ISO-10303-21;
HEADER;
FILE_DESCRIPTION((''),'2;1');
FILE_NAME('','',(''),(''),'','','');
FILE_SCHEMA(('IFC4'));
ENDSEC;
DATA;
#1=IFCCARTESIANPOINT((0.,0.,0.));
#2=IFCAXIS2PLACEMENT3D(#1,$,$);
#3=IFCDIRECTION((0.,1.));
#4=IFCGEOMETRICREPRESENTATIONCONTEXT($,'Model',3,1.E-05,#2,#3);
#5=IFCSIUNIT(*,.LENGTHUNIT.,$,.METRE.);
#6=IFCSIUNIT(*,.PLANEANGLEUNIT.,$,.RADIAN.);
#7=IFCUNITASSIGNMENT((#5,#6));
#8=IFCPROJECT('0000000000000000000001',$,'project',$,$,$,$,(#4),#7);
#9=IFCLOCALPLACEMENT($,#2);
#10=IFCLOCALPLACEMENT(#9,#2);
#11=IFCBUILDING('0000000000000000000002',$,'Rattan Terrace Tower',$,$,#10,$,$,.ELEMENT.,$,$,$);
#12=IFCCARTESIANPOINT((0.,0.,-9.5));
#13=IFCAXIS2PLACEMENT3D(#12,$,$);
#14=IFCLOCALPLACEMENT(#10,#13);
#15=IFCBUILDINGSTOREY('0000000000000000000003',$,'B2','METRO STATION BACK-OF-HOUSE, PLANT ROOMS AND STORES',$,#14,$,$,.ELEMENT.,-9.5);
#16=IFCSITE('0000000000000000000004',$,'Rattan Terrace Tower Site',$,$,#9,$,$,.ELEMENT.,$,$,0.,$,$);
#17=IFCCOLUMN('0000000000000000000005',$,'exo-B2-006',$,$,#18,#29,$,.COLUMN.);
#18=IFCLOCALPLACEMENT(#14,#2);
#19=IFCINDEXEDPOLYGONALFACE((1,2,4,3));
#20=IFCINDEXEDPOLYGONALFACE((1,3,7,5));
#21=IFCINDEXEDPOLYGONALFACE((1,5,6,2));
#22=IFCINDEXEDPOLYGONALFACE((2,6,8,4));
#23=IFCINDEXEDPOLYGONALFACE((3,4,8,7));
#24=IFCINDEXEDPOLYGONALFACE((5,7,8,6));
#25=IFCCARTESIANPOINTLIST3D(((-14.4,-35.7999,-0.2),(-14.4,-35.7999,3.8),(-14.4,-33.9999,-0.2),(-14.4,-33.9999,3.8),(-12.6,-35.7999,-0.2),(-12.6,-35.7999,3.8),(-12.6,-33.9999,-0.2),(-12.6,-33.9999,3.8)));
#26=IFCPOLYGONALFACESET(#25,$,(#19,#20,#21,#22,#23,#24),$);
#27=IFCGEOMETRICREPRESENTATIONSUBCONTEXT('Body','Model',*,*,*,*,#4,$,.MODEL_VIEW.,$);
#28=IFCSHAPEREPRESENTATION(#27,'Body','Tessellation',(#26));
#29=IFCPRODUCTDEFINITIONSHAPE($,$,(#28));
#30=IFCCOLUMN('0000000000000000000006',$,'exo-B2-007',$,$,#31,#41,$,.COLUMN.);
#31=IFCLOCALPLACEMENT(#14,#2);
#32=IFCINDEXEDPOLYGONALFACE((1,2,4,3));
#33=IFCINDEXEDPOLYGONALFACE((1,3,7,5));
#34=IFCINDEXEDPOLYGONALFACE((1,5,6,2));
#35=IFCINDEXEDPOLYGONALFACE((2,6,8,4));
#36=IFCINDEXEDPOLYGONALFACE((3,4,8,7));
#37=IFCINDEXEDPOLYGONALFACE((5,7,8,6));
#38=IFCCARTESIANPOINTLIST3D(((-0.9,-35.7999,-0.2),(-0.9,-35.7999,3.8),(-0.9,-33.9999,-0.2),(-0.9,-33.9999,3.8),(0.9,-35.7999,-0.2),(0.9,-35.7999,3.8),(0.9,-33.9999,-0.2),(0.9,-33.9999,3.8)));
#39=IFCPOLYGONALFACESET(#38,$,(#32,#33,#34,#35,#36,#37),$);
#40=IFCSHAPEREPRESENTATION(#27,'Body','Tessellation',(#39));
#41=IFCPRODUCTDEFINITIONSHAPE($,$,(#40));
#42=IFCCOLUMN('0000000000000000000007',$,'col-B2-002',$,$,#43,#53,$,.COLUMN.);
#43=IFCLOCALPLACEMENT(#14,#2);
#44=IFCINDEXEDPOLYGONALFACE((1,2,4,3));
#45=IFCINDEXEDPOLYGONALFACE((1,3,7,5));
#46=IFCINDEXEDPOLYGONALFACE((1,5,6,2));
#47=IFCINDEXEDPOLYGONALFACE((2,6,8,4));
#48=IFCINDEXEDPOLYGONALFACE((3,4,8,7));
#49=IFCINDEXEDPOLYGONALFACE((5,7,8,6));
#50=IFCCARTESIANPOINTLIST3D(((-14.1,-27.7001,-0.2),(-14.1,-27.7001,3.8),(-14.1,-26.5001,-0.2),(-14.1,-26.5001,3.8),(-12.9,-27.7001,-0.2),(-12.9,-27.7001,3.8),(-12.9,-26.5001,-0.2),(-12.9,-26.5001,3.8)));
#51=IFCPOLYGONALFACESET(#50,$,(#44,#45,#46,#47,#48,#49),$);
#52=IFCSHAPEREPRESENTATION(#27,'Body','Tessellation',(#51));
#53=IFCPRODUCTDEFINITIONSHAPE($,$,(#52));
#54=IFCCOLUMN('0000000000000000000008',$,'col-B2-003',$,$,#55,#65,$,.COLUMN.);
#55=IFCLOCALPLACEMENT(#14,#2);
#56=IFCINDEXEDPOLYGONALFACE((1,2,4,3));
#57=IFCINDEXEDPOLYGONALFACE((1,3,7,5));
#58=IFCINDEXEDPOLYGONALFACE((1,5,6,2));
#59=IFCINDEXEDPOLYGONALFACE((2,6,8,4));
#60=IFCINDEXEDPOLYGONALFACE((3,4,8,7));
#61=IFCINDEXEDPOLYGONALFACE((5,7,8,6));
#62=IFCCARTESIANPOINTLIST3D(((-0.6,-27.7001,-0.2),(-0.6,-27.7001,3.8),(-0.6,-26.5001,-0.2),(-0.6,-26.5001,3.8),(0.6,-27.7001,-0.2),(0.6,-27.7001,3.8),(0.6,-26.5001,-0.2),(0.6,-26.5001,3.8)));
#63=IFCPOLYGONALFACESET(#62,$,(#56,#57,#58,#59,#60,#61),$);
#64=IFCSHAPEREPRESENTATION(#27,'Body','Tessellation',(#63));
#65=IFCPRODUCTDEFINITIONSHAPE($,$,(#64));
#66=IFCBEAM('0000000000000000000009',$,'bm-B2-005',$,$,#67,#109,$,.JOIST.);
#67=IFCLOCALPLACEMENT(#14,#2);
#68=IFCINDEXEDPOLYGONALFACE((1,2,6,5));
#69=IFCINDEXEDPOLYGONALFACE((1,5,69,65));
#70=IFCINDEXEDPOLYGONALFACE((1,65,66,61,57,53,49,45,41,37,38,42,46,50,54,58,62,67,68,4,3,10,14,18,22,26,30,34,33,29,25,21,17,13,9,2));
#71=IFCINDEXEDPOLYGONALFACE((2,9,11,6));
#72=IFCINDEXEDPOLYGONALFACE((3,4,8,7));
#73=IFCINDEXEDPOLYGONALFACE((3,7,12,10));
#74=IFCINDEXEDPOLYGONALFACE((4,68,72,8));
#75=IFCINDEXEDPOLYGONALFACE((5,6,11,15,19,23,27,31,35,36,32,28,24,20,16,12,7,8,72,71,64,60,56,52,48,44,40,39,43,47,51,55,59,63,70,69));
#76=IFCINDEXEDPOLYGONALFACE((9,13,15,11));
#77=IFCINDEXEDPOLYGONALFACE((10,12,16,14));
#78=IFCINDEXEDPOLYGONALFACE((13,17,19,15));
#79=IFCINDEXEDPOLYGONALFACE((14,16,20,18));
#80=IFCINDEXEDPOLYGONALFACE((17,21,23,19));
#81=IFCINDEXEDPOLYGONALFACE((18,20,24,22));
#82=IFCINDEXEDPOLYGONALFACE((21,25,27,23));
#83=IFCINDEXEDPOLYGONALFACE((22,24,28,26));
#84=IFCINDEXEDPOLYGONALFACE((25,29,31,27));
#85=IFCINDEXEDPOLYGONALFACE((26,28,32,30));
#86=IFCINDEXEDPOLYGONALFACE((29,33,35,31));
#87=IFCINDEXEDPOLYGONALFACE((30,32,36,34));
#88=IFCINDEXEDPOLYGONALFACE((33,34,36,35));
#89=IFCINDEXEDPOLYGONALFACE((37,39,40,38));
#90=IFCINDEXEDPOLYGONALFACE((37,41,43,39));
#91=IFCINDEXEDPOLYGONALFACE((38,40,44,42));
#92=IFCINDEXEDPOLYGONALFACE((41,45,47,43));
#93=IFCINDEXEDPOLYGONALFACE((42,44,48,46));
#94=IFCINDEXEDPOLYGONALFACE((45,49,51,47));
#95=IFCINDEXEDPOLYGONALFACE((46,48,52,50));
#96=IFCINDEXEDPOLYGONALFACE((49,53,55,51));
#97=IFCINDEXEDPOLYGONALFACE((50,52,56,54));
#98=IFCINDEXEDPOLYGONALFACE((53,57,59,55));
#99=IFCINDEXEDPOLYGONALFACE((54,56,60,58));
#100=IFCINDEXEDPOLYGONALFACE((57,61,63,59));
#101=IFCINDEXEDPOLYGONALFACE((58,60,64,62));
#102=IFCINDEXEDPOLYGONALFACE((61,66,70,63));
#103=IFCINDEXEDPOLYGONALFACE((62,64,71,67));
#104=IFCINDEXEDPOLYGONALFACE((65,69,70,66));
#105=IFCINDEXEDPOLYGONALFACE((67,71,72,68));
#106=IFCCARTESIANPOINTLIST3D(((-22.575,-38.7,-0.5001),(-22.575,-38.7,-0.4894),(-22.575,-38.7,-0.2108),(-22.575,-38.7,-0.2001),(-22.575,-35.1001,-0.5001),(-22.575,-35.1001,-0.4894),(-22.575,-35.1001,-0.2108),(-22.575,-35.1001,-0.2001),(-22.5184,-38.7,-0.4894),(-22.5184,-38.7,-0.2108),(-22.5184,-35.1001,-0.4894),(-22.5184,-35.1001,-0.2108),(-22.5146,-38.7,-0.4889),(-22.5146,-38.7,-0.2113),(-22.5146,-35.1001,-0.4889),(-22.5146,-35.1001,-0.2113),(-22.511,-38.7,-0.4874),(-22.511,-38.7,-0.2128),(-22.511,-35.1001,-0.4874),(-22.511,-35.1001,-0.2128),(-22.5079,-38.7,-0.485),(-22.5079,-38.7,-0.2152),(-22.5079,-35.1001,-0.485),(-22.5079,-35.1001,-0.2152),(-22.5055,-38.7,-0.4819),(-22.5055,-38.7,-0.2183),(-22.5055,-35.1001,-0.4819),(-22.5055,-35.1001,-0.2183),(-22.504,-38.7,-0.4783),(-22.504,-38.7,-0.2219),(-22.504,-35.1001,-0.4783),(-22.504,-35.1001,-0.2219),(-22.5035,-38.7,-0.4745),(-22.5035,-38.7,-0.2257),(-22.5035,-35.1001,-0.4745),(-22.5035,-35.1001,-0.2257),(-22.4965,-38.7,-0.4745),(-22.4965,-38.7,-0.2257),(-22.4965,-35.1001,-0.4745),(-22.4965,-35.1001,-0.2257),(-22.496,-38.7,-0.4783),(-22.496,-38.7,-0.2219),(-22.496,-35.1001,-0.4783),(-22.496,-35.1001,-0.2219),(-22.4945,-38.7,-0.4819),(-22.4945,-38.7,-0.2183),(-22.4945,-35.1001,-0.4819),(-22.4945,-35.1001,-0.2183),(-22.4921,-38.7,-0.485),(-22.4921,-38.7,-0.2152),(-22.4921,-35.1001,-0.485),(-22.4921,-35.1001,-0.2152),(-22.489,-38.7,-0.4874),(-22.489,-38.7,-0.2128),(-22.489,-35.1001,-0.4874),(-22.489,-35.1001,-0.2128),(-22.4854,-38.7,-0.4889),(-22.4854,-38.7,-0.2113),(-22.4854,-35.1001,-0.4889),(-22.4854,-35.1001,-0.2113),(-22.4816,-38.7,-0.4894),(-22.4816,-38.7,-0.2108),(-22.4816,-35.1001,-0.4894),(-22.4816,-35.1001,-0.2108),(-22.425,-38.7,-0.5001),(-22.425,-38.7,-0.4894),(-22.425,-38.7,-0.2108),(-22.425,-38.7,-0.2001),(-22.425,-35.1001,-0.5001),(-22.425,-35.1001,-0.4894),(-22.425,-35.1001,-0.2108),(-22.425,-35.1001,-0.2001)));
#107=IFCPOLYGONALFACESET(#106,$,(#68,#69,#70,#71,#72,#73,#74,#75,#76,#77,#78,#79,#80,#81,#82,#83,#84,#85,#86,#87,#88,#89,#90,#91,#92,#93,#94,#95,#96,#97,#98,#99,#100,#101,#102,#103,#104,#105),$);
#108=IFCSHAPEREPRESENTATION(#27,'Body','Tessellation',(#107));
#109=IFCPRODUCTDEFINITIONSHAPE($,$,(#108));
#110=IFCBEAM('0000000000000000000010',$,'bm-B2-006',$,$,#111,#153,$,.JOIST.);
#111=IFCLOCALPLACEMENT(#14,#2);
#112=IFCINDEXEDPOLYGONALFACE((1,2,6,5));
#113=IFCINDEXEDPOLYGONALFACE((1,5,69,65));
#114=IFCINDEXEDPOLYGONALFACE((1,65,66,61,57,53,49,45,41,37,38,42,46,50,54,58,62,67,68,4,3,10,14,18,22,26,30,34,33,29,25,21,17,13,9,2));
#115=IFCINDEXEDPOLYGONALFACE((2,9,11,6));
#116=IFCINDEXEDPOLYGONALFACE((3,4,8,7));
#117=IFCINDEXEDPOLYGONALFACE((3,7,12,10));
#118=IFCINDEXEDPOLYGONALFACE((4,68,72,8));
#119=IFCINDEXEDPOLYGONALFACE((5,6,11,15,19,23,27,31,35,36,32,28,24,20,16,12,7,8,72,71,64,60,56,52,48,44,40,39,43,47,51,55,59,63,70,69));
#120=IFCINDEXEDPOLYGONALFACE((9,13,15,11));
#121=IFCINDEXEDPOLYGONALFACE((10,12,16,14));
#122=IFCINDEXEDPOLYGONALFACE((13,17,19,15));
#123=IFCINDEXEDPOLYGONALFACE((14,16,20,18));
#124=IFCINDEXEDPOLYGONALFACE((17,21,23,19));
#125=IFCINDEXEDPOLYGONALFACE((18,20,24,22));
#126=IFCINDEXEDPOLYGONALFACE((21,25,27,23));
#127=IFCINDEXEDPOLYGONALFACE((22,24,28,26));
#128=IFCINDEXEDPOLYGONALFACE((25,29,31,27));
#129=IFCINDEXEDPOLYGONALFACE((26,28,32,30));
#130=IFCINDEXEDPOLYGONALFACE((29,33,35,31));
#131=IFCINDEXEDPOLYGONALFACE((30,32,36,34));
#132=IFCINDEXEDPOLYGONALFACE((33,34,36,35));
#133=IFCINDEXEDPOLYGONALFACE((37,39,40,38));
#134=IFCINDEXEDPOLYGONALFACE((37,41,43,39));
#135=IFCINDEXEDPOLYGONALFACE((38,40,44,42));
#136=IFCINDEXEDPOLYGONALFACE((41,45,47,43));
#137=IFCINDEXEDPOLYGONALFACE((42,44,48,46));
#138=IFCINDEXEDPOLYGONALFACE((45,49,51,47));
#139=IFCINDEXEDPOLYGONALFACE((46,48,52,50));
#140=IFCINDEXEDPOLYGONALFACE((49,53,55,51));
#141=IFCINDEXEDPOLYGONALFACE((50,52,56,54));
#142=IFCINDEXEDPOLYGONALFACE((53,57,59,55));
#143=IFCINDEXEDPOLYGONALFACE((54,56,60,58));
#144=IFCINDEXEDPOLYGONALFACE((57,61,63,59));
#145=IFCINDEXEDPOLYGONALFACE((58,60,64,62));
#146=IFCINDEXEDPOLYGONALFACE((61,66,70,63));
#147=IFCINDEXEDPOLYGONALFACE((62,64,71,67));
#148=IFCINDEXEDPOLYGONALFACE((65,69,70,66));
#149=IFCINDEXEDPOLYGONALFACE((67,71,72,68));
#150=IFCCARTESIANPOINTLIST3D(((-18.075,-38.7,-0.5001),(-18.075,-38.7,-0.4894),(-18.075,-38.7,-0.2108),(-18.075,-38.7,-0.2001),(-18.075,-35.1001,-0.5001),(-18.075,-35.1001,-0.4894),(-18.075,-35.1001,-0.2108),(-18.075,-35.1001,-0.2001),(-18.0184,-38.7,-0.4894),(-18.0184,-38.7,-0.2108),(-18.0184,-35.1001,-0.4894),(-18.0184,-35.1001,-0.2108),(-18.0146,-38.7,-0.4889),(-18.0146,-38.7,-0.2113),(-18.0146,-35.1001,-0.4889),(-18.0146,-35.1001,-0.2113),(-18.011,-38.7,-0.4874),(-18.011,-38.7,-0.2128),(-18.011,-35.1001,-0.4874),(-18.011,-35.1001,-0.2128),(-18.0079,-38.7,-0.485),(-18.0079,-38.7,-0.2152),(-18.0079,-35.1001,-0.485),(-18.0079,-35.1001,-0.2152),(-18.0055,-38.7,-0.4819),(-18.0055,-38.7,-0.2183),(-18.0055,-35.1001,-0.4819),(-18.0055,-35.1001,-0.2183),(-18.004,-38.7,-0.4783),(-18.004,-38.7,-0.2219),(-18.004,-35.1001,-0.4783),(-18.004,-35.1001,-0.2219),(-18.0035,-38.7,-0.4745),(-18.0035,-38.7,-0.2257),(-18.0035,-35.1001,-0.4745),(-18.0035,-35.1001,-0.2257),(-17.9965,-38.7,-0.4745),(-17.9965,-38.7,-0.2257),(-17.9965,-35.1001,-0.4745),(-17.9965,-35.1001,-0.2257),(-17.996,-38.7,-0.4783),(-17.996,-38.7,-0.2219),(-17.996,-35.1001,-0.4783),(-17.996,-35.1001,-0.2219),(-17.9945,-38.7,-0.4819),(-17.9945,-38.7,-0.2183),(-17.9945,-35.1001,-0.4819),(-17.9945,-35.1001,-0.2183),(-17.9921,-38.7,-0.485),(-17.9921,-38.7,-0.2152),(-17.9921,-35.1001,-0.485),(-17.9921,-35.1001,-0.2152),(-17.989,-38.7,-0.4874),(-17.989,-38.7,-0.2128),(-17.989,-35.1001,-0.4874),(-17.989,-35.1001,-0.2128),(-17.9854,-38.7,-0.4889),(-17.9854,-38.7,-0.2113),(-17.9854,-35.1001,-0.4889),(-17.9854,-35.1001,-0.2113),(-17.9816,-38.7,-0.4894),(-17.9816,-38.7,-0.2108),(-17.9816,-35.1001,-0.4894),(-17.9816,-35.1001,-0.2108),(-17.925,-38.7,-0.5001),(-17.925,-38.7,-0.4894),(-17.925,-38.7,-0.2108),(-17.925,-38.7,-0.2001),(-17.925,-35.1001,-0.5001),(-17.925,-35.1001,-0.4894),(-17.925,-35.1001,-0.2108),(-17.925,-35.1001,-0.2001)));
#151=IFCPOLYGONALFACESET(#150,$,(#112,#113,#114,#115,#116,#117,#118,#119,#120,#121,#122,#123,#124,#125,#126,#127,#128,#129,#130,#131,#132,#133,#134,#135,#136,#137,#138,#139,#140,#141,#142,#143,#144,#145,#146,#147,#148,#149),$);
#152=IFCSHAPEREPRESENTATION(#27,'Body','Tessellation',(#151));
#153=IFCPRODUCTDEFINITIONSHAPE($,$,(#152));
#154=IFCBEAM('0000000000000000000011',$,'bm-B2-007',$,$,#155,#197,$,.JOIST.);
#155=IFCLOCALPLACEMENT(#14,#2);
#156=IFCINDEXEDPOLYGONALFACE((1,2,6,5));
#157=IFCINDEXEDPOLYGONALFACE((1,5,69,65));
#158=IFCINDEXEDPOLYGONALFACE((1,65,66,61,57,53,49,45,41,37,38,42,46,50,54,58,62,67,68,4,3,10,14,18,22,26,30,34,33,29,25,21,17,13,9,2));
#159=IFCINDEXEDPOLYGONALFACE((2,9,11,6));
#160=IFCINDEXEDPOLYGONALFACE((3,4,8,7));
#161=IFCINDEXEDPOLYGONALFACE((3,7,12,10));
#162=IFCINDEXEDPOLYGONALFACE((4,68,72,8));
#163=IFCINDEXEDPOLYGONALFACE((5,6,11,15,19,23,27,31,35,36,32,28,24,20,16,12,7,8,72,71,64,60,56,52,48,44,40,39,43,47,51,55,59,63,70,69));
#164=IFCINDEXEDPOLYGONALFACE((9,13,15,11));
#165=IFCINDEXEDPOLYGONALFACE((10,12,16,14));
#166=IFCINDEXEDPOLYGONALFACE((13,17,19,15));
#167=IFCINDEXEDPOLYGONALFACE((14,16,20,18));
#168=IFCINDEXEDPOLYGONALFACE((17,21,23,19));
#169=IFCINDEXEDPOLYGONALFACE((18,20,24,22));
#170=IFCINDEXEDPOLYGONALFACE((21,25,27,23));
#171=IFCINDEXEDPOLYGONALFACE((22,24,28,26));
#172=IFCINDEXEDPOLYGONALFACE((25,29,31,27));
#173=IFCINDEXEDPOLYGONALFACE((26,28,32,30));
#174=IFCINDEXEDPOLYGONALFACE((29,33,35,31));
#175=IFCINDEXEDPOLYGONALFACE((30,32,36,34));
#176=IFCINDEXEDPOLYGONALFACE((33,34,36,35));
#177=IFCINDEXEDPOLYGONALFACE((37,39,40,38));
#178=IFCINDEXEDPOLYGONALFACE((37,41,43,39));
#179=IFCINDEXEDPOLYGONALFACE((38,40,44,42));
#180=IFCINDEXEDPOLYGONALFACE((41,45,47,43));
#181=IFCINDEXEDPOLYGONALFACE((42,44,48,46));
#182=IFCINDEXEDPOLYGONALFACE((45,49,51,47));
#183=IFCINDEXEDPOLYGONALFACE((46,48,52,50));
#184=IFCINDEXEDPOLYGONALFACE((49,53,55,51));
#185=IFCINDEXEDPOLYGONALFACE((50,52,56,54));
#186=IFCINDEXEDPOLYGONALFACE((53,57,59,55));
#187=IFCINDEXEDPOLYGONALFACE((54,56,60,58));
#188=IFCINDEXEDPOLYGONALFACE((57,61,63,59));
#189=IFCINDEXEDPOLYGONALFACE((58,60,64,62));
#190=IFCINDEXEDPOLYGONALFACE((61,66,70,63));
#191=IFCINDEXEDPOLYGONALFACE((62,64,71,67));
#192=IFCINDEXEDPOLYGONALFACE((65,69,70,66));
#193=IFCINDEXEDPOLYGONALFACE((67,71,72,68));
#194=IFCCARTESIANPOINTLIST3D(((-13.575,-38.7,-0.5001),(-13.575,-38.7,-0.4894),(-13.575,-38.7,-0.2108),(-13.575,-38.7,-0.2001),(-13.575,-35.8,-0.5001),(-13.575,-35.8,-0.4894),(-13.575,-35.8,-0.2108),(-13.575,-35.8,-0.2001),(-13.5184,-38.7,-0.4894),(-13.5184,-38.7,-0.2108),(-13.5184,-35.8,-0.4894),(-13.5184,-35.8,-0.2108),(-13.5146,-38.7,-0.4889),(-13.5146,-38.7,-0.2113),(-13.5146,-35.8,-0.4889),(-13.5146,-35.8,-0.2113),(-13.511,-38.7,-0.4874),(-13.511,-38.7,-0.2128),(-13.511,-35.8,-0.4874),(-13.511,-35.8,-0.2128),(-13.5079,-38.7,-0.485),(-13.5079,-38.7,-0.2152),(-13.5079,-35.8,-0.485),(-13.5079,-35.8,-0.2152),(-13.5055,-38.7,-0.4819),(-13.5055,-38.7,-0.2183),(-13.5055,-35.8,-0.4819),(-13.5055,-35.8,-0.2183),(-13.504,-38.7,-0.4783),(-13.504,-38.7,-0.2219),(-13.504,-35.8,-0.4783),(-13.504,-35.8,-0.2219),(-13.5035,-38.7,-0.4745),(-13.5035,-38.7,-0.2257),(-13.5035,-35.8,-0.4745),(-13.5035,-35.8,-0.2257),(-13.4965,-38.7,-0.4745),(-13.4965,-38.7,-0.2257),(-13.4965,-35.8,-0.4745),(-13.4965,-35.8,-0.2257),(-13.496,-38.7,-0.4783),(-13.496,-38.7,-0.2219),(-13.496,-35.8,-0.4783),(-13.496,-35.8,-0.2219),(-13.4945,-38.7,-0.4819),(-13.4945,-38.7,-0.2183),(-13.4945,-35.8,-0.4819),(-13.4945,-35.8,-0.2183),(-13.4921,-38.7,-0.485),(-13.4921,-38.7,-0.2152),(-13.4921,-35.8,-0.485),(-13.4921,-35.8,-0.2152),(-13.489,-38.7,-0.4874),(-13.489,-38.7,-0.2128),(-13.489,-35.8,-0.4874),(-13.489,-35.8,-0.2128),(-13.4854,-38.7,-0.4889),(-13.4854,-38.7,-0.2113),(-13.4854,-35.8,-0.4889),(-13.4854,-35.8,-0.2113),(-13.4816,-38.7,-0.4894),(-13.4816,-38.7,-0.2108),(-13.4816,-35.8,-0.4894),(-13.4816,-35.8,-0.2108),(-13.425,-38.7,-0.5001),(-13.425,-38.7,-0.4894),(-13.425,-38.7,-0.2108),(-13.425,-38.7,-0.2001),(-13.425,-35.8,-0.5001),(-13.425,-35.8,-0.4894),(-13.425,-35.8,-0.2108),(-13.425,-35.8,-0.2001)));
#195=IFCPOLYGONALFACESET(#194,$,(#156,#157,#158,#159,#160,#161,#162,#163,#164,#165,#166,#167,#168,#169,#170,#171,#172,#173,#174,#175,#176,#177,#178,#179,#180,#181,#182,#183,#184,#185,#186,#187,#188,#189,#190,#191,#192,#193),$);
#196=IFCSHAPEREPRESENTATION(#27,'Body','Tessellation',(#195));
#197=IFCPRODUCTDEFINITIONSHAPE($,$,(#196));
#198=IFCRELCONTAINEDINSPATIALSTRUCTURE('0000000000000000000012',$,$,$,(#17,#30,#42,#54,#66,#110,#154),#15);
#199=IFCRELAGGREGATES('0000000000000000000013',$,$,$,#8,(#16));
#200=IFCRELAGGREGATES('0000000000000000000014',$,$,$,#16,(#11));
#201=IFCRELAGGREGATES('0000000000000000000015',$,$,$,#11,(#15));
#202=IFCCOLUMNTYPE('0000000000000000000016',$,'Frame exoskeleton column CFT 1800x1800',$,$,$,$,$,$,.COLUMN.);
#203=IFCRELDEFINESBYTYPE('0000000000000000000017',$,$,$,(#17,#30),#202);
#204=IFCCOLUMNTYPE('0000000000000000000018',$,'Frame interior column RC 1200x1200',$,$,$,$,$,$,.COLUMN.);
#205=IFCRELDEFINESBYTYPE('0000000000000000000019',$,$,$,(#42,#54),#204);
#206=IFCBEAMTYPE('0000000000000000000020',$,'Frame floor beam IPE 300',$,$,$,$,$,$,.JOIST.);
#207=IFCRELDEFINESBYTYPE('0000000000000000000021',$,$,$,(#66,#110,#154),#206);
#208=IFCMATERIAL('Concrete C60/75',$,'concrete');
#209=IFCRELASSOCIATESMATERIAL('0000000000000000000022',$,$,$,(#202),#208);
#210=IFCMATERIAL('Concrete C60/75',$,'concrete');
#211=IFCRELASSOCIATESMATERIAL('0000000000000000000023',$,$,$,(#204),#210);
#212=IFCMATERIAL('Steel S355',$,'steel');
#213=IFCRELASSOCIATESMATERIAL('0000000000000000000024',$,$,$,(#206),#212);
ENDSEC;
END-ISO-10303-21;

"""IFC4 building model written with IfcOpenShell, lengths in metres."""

from ifc_helpers import new_model, si_unit, direction, frame, origin, origin_2d, place, context, subcontext, project, spatial, rectangle, i_section, extrude, material, material_profile, profile_set, type_object, element, save


model = new_model("IFC4")

# Units and contexts
model_context = context("Model", 3, precision=1e-05, world=origin(), true_north=direction((0.0, 1.0)))
body_context = subcontext(model_context, "Body", "Model", "MODEL_VIEW")
ifc_project = project(units=[si_unit("LENGTHUNIT", "METRE"), si_unit("PLANEANGLEUNIT", "RADIAN")], contexts=[model_context])

# Site, building, storey
site_placement = place(None, origin())
site = spatial("IfcSite", under=ifc_project, at=site_placement, Name="Rattan Terrace Tower Site", CompositionType="ELEMENT", RefElevation=0.0)
building_placement = place(site_placement, origin())
building = spatial("IfcBuilding", under=site, at=building_placement, Name="Rattan Terrace Tower", CompositionType="ELEMENT")
storey_placement = place(building_placement, frame((0.0, 0.0, -9.5)))
storey = spatial("IfcBuildingStorey", under=building, at=storey_placement, Name="B2", Description="METRO STATION BACK-OF-HOUSE, PLANT ROOMS AND STORES", CompositionType="ELEMENT", Elevation=-9.5)

# Columns
ifc_material_1 = material(Name="Concrete C60/75", Category="concrete")
ifc_material_profile_1 = material_profile(ifc_material_1, rectangle(XDim=1.8, YDim=1.8, at=origin_2d()), Name="CFT 1800x1800")
ifc_profile_set_1 = profile_set([ifc_material_profile_1], Name="Concrete C60/75")
column_type_1 = type_object("IfcColumnType", Name="Frame exoskeleton column CFT 1800x1800", PredefinedType="COLUMN", material=ifc_profile_set_1)
for number, where, z_axis, x_axis, name in (
    (1, (-13.5, -34.8999, -0.2), (0.0, 0.0, 1.0), (1.0, 0.0, 0.0), "exo-B2-006"),
    (2, (0.0, -34.8999, -0.2), (0.0, 0.0, 1.0), (1.0, 0.0, 0.0), "exo-B2-007"),
):
    element("IfcColumn", number, at=place(storey_placement, frame(where, z_axis=z_axis, x_axis=x_axis)), inside=storey, type_object=column_type_1, Name=name, PredefinedType="COLUMN", context=body_context, shape_type="SweptSolid", body=[
        extrude(rectangle(XDim=1.8, YDim=1.8, at=origin_2d()), origin(), (0.0, 0.0, 1.0), 4.0),
    ])
ifc_material_2 = material(Name="Concrete C60/75", Category="concrete")
ifc_material_profile_2 = material_profile(ifc_material_2, rectangle(XDim=1.2, YDim=1.2, at=origin_2d()), Name="RC 1200x1200")
ifc_profile_set_2 = profile_set([ifc_material_profile_2], Name="Concrete C60/75")
column_type_2 = type_object("IfcColumnType", Name="Frame interior column RC 1200x1200", PredefinedType="COLUMN", material=ifc_profile_set_2)
for number, where, z_axis, x_axis, name in (
    (3, (-13.5, -27.1001, -0.2), (0.0, 0.0, 1.0), (1.0, 0.0, 0.0), "col-B2-002"),
    (4, (0.0, -27.1001, -0.2), (0.0, 0.0, 1.0), (1.0, 0.0, 0.0), "col-B2-003"),
):
    element("IfcColumn", number, at=place(storey_placement, frame(where, z_axis=z_axis, x_axis=x_axis)), inside=storey, type_object=column_type_2, Name=name, PredefinedType="COLUMN", context=body_context, shape_type="SweptSolid", body=[
        extrude(rectangle(XDim=1.2, YDim=1.2, at=origin_2d()), origin(), (0.0, 0.0, 1.0), 4.0),
    ])

# Beams
ifc_material_3 = material(Name="Steel S355", Category="steel")
ifc_material_profile_3 = material_profile(ifc_material_3, i_section(OverallWidth=0.1499, OverallDepth=0.3, WebThickness=0.0071, FlangeThickness=0.0107, FilletRadius=0.0149, at=origin_2d()), Name="IPE 300")
ifc_profile_set_3 = profile_set([ifc_material_profile_3], Name="Steel S355")
beam_type_1 = type_object("IfcBeamType", Name="Frame floor beam IPE 300", PredefinedType="JOIST", material=ifc_profile_set_3)
for number, where, z_axis, x_axis, name in (
    (5, (-22.5, -38.7, -0.3501), (0.0, 1.0, 0.0), (-1.0, 0.0, 0.0), "bm-B2-005"),
    (6, (-18.0, -38.7, -0.3501), (0.0, 1.0, 0.0), (-1.0, 0.0, 0.0), "bm-B2-006"),
):
    element("IfcBeam", number, at=place(storey_placement, frame(where, z_axis=z_axis, x_axis=x_axis)), inside=storey, type_object=beam_type_1, Name=name, PredefinedType="JOIST", context=body_context, shape_type="SweptSolid", body=[
        extrude(i_section(OverallWidth=0.1499, OverallDepth=0.3, WebThickness=0.0071, FlangeThickness=0.0107, FilletRadius=0.0149, at=origin_2d()), origin(), (0.0, 0.0, 1.0), 3.5999),
    ])
beam_1_placement = place(storey_placement, frame((-13.5, -38.7, -0.3501), z_axis=(0.0, 1.0, 0.0), x_axis=(-1.0, 0.0, 0.0)))
element("IfcBeam", 7, at=beam_1_placement, inside=storey, type_object=beam_type_1, Name="bm-B2-007", PredefinedType="JOIST", context=body_context, shape_type="SweptSolid", body=[
    extrude(i_section(OverallWidth=0.1499, OverallDepth=0.3, WebThickness=0.0071, FlangeThickness=0.0107, FilletRadius=0.0149, at=origin_2d()), origin(), (0.0, 0.0, 1.0), 2.8999),
])

save(model, "model.ifc")
